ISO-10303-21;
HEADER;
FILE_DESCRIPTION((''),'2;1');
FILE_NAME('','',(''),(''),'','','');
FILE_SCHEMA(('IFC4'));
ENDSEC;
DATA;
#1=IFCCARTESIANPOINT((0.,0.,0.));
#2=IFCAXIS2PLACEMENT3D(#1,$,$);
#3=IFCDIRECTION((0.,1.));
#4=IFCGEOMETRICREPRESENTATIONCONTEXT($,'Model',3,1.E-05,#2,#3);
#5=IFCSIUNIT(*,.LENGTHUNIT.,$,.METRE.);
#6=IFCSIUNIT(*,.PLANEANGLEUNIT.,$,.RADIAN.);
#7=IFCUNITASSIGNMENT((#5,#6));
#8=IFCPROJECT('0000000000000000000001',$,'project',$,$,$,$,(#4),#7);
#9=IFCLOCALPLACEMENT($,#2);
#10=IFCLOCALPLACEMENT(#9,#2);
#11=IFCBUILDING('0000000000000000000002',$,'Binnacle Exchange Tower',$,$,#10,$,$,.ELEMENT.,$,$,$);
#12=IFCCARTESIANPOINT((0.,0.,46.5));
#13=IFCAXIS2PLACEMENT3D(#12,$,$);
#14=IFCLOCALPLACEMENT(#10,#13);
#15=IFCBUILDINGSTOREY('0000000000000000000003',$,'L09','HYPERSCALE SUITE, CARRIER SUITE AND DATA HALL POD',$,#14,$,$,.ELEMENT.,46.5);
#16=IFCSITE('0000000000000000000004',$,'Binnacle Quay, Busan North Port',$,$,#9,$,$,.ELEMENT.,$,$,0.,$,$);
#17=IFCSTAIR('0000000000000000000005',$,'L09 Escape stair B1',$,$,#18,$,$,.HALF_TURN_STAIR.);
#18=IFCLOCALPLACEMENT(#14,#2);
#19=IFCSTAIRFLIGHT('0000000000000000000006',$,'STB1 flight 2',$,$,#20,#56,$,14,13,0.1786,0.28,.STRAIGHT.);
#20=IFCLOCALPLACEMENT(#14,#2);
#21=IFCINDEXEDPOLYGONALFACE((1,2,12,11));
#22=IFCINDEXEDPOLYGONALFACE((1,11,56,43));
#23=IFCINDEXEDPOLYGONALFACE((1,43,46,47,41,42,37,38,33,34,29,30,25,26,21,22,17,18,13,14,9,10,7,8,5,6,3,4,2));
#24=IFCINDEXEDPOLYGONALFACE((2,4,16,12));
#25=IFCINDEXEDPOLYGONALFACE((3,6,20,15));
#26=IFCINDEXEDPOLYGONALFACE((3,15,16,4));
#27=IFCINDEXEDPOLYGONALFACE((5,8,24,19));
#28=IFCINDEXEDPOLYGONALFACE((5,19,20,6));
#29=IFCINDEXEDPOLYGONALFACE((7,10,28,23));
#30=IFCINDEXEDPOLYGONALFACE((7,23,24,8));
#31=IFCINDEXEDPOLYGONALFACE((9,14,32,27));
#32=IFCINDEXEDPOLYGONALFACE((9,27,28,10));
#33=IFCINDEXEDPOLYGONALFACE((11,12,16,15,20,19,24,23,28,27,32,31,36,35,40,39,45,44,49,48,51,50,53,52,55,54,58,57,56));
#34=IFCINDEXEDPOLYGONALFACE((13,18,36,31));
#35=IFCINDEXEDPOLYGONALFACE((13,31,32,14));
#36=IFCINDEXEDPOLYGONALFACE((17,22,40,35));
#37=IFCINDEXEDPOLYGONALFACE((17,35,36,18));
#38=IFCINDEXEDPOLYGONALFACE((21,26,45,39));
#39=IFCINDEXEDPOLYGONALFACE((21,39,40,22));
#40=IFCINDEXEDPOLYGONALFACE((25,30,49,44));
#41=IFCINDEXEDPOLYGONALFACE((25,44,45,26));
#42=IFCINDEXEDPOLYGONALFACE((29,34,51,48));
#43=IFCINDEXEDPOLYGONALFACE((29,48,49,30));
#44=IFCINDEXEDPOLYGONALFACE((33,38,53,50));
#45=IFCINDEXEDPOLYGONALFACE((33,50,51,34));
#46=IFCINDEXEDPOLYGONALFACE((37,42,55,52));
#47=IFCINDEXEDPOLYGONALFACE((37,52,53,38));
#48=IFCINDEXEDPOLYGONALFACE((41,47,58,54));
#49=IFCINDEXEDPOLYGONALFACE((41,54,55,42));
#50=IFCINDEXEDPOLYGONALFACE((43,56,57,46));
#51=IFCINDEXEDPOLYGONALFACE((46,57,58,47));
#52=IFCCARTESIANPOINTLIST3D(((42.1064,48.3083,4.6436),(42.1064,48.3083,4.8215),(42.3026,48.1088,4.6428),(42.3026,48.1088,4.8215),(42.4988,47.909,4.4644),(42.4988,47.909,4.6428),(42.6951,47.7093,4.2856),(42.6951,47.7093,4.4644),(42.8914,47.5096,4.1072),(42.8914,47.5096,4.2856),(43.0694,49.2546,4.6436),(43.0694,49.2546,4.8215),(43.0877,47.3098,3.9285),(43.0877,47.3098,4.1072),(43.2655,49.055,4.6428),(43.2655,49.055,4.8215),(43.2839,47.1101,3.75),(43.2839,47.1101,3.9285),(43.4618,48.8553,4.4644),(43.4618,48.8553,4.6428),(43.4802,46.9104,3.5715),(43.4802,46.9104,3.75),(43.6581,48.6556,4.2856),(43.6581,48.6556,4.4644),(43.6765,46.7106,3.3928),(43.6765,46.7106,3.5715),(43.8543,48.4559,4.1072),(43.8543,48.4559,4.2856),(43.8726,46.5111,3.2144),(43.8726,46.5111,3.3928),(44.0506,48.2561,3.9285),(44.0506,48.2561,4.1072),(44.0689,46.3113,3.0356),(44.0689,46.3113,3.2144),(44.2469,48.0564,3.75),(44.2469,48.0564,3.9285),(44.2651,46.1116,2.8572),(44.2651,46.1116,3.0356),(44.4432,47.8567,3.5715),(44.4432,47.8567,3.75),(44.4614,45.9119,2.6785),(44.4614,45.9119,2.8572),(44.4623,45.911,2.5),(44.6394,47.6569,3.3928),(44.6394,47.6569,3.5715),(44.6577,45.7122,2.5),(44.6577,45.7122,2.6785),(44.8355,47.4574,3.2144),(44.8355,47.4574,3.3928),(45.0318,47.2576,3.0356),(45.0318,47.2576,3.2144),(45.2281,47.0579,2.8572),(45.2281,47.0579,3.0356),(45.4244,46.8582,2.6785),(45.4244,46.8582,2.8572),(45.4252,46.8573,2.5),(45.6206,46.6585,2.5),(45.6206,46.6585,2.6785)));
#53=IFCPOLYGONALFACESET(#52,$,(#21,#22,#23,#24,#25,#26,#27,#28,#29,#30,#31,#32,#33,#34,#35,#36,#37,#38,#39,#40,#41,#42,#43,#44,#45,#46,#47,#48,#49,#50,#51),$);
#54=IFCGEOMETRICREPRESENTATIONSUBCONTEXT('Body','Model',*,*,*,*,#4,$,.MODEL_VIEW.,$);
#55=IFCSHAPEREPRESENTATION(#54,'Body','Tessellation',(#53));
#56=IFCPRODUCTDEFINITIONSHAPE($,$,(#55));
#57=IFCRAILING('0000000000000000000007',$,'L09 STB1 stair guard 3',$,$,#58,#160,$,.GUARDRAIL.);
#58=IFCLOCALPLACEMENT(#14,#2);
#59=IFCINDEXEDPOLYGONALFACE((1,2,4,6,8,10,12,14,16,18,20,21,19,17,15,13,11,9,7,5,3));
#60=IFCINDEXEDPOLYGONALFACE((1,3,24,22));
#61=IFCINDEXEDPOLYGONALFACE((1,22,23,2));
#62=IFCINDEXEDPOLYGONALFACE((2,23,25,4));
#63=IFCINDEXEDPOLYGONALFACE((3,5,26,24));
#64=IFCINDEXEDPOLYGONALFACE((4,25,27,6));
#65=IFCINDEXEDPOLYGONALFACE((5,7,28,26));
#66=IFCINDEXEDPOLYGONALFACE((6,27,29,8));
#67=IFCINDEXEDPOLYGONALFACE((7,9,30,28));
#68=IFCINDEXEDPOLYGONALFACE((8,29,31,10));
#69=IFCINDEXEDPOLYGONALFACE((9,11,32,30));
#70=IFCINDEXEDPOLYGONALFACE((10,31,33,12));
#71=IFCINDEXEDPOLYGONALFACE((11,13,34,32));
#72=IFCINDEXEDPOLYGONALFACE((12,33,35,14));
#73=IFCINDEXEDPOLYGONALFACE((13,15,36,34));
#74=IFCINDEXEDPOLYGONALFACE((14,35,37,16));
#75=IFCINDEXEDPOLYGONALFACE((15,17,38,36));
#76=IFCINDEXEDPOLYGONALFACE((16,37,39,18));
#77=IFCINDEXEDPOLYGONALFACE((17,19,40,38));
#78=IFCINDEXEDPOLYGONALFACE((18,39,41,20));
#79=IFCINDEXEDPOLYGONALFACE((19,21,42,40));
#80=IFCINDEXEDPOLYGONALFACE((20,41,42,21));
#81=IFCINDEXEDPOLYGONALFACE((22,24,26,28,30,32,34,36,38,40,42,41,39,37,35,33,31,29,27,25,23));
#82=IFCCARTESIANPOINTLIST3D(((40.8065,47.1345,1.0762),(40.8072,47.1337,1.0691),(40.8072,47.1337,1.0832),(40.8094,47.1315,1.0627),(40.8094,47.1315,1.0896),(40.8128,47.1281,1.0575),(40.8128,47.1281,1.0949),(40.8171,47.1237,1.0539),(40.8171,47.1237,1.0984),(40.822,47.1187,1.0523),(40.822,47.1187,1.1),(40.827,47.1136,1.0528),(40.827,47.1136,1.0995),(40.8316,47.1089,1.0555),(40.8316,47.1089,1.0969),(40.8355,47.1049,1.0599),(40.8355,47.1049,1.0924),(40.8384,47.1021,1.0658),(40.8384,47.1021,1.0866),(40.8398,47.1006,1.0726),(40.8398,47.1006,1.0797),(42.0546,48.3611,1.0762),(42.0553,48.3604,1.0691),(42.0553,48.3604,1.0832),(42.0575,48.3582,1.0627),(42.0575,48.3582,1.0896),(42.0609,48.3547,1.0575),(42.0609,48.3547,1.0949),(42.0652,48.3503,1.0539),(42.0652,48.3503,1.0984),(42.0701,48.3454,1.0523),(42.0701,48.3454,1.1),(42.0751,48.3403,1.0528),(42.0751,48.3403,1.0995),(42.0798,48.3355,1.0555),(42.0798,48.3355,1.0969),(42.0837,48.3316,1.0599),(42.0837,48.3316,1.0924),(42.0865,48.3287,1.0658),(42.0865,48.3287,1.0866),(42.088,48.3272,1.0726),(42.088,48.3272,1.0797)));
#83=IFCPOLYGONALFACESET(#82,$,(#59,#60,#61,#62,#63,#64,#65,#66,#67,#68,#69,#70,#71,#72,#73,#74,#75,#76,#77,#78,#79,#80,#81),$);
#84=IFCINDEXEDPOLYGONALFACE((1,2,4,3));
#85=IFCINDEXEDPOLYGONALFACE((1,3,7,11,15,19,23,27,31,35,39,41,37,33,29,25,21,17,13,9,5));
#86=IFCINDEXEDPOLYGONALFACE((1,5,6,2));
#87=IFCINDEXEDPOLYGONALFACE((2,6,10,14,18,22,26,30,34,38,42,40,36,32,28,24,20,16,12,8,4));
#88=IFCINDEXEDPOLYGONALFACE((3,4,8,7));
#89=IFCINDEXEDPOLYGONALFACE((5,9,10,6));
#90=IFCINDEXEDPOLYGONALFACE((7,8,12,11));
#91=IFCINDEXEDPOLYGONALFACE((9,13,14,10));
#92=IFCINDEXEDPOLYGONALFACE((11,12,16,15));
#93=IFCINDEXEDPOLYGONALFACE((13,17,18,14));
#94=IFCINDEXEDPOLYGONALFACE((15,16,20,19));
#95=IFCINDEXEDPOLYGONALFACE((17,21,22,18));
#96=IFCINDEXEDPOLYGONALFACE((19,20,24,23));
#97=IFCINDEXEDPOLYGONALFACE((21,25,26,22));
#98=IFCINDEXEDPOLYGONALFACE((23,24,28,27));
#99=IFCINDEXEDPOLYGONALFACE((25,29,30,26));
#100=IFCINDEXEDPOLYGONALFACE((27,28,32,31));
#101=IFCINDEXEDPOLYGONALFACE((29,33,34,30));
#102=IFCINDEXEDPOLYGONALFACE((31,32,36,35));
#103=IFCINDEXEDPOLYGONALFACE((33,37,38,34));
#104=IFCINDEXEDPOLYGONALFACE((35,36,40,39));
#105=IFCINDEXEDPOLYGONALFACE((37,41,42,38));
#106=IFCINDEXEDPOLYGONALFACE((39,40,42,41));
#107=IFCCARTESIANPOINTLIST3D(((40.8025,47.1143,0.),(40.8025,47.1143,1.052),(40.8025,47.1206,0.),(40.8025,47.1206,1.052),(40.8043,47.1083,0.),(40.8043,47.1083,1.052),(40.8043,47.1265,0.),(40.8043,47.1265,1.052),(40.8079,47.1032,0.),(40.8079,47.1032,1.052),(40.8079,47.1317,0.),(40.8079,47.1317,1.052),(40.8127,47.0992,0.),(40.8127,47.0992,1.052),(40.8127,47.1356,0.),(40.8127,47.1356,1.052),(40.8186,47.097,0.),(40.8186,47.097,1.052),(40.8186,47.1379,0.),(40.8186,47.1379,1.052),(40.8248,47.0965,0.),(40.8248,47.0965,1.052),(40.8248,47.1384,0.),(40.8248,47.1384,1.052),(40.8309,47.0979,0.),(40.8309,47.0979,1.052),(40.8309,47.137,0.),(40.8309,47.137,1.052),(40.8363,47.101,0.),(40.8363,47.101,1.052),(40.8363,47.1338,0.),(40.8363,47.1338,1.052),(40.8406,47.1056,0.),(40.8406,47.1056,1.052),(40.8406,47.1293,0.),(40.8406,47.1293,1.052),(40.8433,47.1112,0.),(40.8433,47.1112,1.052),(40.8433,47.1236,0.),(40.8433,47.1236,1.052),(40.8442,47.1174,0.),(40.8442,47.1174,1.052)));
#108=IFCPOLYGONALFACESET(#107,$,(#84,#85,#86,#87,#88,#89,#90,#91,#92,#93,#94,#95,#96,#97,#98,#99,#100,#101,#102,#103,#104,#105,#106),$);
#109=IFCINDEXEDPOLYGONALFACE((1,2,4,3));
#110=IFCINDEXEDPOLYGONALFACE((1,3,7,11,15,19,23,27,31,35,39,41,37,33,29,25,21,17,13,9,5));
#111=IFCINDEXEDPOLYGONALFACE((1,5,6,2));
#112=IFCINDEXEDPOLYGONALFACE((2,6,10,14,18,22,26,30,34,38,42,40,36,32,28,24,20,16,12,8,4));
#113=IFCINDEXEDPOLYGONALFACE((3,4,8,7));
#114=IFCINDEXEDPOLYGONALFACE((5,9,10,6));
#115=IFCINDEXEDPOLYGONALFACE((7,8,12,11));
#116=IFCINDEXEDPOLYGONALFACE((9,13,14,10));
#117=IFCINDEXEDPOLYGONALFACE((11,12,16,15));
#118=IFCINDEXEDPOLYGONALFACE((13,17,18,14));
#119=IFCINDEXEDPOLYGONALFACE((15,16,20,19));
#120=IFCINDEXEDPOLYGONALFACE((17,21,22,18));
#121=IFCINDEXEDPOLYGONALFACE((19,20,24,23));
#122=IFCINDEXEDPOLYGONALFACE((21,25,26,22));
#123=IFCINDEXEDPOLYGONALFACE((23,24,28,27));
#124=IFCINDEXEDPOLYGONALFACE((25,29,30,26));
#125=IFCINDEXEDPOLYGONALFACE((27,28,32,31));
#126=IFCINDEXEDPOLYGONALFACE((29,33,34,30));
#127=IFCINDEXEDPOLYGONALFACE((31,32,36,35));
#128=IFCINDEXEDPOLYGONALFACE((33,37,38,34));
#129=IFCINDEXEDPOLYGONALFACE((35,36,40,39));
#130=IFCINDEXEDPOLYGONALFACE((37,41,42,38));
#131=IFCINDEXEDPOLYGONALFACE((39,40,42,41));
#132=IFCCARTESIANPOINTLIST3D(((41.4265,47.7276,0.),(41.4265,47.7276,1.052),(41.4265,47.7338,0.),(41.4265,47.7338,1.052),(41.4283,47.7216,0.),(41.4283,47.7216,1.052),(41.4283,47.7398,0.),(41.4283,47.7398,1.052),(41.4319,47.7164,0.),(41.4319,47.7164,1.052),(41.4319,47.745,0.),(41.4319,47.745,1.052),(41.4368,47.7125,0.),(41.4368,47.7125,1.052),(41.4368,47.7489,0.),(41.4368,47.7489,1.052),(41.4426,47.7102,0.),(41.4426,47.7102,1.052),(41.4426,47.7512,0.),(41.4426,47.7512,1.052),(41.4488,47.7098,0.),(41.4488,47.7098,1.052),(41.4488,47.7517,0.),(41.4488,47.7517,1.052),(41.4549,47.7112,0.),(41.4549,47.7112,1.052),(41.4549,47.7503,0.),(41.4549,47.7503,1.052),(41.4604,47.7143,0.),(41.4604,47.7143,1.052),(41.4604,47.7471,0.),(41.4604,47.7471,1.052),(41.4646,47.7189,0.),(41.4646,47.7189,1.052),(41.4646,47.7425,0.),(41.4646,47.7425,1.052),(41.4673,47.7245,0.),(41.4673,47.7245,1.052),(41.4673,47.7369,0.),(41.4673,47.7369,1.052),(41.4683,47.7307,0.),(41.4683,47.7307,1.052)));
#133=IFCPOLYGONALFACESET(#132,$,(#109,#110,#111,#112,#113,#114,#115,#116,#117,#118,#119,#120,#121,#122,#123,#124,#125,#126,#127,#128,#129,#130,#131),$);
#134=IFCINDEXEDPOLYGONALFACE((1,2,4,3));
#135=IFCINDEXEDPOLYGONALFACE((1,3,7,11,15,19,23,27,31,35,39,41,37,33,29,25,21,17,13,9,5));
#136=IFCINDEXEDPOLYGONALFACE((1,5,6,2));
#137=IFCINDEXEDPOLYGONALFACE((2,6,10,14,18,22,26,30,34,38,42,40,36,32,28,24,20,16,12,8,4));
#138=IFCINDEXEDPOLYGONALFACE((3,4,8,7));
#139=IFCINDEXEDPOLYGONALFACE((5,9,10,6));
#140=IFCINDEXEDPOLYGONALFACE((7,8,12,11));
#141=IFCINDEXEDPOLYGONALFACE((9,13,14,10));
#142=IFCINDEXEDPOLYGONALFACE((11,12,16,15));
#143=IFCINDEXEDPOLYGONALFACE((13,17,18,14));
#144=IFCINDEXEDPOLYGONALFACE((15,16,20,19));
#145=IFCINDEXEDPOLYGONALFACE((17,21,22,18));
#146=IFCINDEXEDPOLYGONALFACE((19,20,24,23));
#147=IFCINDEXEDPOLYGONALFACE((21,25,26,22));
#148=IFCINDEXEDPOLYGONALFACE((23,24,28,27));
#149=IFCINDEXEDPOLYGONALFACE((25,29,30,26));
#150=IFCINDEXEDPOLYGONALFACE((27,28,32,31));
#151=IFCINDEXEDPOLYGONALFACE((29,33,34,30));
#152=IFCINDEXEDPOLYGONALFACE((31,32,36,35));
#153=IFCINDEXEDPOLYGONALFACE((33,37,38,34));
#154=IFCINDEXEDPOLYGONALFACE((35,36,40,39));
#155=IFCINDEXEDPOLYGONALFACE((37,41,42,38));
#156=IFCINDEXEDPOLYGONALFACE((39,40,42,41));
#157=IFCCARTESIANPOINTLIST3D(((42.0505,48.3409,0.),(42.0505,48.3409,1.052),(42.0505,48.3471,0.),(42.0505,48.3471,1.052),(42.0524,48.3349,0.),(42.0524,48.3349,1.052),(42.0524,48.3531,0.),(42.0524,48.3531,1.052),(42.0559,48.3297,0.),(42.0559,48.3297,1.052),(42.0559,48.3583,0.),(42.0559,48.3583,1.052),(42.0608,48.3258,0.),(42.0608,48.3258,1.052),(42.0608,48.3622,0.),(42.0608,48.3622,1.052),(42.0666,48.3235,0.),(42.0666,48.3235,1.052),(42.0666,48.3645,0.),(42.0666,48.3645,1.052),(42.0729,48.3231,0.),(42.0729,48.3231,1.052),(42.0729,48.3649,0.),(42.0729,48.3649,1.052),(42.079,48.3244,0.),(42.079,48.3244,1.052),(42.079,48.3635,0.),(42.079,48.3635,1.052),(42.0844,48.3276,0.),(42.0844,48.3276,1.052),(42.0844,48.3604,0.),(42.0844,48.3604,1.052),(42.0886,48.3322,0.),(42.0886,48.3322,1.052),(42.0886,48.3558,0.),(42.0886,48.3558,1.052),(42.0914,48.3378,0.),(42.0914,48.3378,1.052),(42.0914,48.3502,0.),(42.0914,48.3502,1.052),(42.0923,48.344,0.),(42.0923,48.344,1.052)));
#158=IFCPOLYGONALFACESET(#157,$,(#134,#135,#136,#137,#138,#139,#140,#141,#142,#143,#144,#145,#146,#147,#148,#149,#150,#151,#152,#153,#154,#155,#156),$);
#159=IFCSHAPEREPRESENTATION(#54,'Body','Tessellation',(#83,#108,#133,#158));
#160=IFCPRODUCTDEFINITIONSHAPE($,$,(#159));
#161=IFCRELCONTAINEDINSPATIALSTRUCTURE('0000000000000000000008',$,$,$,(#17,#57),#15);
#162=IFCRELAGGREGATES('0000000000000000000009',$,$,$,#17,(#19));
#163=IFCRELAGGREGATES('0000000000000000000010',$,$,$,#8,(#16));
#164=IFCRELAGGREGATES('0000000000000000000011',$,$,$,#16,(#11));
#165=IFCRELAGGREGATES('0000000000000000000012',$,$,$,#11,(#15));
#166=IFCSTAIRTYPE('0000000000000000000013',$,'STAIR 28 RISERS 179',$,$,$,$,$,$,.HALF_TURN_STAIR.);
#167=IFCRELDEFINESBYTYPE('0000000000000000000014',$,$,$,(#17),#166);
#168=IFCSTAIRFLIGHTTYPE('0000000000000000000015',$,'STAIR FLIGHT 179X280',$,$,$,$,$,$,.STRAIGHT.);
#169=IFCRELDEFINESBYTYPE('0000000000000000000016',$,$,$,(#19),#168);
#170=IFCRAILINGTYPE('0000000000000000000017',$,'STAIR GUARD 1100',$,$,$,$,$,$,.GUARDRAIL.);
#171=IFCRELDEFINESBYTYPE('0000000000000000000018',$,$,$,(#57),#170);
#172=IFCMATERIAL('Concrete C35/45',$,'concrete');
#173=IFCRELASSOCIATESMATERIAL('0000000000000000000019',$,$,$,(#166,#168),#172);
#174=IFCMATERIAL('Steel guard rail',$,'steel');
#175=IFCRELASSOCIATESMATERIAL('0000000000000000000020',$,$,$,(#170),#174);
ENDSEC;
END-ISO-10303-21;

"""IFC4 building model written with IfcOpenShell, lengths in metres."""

from ifc_helpers import new_model, si_unit, direction, frame, origin, origin_2d, place, context, subcontext, project, spatial, polyline, circle, outline, extrude, material, type_object, element, aggregate, save


model = new_model("IFC4")

# Units and contexts
model_context = context("Model", 3, precision=1e-05, world=origin(), true_north=direction((0.0, 1.0)))
body_context = subcontext(model_context, "Body", "Model", "MODEL_VIEW")
ifc_project = project(units=[si_unit("LENGTHUNIT", "METRE"), si_unit("PLANEANGLEUNIT", "RADIAN")], contexts=[model_context])

# Site, building, storey
site_placement = place(None, origin())
site = spatial("IfcSite", under=ifc_project, at=site_placement, Name="Binnacle Quay, Busan North Port", CompositionType="ELEMENT", RefElevation=0.0)
building_placement = place(site_placement, origin())
building = spatial("IfcBuilding", under=site, at=building_placement, Name="Binnacle Exchange Tower", CompositionType="ELEMENT")
storey_placement = place(building_placement, frame((0.0, 0.0, 46.5)))
storey = spatial("IfcBuildingStorey", under=building, at=storey_placement, Name="L09", Description="HYPERSCALE SUITE, CARRIER SUITE AND DATA HALL POD", CompositionType="ELEMENT", Elevation=46.5)

# Stair, stair flight
ifc_material_1 = material(Name="Concrete C35/45", Category="concrete")
stair_type = type_object("IfcStairType", Name="STAIR 28 RISERS 179", PredefinedType="HALF_TURN_STAIR", material=ifc_material_1)
stair_placement = place(storey_placement, origin())
stair = element("IfcStair", 1, at=stair_placement, inside=storey, type_object=stair_type, Name="L09 Escape stair B1", PredefinedType="HALF_TURN_STAIR")
stair_flight_type = type_object("IfcStairFlightType", Name="STAIR FLIGHT 179X280", PredefinedType="STRAIGHT", material=ifc_material_1)
stair_flight_1_placement = place(storey_placement, frame((45.1392, 46.1853, 2.5), z_axis=(0.0, 0.0, 1.0), x_axis=(-0.700909, 0.71325, 0.0)))
stair_flight_1 = element("IfcStairFlight", 2, at=stair_flight_1_placement, type_object=stair_flight_type, Name="STB1 flight 2", NumberOfRisers=14, NumberOfTreads=13, PredefinedType="STRAIGHT", RiserHeight=0.1786, TreadLength=0.28, context=body_context, shape_type="SweptSolid", body=[
    extrude(outline(polyline([(0.0, 0.0), (0.0, 0.1785), (0.28, 0.1785), (0.28, 0.3572), (0.5601, 0.3572), (0.5601, 0.5356), (0.8401, 0.5356), (0.8401, 0.7144), (1.1201, 0.7144), (1.1201, 0.8928), (1.3999, 0.8928), (1.3999, 1.0715), (1.6799, 1.0715), (1.6799, 1.25), (1.96, 1.25), (1.96, 1.4285), (2.24, 1.4285), (2.24, 1.6072), (2.52, 1.6072), (2.52, 1.7856), (2.8, 1.7856), (2.8, 1.9644), (3.0801, 1.9644), (3.0801, 2.1428), (3.3601, 2.1428), (3.3601, 2.3215), (3.6399, 2.3215), (3.6399, 2.5), (3.6399, 2.1436), (0.2788, 0.0), (0.0, 0.0)])), frame((0.0, 0.675, 0.0), z_axis=(0.0, -1.0, 0.0), x_axis=(1.0, 0.0, 0.0)), (0.0, 0.0, 1.0), 1.3501),
])
aggregate(stair, [stair_flight_1])

# Railing
ifc_material_2 = material(Name="Steel guard rail", Category="steel")
railing_type_1 = type_object("IfcRailingType", Name="STAIR GUARD 1100", PredefinedType="GUARDRAIL", material=ifc_material_2)
railing_1_placement = place(storey_placement, frame((40.8232, 47.1174, 0.0)))
element("IfcRailing", 3, at=railing_1_placement, inside=storey, type_object=railing_type_1, Name="L09 STB1 stair guard 3", PredefinedType="GUARDRAIL", context=body_context, shape_type="SweptSolid", body=[
    extrude(circle(Radius=0.0239, at=origin_2d()), frame((0.0, 0.0, 1.0762), z_axis=(0.713219, 0.700941, 0.0), x_axis=(-0.700941, 0.713219, 0.0)), (0.0, 0.0, 1.0), 1.75),
    extrude(circle(Radius=0.021, at=origin_2d()), origin(), (0.0, 0.0, 1.0), 1.052),
    extrude(circle(Radius=0.021, at=origin_2d()), frame((0.624, 0.6133, 0.0)), (0.0, 0.0, 1.0), 1.052),
    extrude(circle(Radius=0.021, at=origin_2d()), frame((1.248, 1.2266, 0.0)), (0.0, 0.0, 1.0), 1.052),
])

save(model, "model.ifc")
